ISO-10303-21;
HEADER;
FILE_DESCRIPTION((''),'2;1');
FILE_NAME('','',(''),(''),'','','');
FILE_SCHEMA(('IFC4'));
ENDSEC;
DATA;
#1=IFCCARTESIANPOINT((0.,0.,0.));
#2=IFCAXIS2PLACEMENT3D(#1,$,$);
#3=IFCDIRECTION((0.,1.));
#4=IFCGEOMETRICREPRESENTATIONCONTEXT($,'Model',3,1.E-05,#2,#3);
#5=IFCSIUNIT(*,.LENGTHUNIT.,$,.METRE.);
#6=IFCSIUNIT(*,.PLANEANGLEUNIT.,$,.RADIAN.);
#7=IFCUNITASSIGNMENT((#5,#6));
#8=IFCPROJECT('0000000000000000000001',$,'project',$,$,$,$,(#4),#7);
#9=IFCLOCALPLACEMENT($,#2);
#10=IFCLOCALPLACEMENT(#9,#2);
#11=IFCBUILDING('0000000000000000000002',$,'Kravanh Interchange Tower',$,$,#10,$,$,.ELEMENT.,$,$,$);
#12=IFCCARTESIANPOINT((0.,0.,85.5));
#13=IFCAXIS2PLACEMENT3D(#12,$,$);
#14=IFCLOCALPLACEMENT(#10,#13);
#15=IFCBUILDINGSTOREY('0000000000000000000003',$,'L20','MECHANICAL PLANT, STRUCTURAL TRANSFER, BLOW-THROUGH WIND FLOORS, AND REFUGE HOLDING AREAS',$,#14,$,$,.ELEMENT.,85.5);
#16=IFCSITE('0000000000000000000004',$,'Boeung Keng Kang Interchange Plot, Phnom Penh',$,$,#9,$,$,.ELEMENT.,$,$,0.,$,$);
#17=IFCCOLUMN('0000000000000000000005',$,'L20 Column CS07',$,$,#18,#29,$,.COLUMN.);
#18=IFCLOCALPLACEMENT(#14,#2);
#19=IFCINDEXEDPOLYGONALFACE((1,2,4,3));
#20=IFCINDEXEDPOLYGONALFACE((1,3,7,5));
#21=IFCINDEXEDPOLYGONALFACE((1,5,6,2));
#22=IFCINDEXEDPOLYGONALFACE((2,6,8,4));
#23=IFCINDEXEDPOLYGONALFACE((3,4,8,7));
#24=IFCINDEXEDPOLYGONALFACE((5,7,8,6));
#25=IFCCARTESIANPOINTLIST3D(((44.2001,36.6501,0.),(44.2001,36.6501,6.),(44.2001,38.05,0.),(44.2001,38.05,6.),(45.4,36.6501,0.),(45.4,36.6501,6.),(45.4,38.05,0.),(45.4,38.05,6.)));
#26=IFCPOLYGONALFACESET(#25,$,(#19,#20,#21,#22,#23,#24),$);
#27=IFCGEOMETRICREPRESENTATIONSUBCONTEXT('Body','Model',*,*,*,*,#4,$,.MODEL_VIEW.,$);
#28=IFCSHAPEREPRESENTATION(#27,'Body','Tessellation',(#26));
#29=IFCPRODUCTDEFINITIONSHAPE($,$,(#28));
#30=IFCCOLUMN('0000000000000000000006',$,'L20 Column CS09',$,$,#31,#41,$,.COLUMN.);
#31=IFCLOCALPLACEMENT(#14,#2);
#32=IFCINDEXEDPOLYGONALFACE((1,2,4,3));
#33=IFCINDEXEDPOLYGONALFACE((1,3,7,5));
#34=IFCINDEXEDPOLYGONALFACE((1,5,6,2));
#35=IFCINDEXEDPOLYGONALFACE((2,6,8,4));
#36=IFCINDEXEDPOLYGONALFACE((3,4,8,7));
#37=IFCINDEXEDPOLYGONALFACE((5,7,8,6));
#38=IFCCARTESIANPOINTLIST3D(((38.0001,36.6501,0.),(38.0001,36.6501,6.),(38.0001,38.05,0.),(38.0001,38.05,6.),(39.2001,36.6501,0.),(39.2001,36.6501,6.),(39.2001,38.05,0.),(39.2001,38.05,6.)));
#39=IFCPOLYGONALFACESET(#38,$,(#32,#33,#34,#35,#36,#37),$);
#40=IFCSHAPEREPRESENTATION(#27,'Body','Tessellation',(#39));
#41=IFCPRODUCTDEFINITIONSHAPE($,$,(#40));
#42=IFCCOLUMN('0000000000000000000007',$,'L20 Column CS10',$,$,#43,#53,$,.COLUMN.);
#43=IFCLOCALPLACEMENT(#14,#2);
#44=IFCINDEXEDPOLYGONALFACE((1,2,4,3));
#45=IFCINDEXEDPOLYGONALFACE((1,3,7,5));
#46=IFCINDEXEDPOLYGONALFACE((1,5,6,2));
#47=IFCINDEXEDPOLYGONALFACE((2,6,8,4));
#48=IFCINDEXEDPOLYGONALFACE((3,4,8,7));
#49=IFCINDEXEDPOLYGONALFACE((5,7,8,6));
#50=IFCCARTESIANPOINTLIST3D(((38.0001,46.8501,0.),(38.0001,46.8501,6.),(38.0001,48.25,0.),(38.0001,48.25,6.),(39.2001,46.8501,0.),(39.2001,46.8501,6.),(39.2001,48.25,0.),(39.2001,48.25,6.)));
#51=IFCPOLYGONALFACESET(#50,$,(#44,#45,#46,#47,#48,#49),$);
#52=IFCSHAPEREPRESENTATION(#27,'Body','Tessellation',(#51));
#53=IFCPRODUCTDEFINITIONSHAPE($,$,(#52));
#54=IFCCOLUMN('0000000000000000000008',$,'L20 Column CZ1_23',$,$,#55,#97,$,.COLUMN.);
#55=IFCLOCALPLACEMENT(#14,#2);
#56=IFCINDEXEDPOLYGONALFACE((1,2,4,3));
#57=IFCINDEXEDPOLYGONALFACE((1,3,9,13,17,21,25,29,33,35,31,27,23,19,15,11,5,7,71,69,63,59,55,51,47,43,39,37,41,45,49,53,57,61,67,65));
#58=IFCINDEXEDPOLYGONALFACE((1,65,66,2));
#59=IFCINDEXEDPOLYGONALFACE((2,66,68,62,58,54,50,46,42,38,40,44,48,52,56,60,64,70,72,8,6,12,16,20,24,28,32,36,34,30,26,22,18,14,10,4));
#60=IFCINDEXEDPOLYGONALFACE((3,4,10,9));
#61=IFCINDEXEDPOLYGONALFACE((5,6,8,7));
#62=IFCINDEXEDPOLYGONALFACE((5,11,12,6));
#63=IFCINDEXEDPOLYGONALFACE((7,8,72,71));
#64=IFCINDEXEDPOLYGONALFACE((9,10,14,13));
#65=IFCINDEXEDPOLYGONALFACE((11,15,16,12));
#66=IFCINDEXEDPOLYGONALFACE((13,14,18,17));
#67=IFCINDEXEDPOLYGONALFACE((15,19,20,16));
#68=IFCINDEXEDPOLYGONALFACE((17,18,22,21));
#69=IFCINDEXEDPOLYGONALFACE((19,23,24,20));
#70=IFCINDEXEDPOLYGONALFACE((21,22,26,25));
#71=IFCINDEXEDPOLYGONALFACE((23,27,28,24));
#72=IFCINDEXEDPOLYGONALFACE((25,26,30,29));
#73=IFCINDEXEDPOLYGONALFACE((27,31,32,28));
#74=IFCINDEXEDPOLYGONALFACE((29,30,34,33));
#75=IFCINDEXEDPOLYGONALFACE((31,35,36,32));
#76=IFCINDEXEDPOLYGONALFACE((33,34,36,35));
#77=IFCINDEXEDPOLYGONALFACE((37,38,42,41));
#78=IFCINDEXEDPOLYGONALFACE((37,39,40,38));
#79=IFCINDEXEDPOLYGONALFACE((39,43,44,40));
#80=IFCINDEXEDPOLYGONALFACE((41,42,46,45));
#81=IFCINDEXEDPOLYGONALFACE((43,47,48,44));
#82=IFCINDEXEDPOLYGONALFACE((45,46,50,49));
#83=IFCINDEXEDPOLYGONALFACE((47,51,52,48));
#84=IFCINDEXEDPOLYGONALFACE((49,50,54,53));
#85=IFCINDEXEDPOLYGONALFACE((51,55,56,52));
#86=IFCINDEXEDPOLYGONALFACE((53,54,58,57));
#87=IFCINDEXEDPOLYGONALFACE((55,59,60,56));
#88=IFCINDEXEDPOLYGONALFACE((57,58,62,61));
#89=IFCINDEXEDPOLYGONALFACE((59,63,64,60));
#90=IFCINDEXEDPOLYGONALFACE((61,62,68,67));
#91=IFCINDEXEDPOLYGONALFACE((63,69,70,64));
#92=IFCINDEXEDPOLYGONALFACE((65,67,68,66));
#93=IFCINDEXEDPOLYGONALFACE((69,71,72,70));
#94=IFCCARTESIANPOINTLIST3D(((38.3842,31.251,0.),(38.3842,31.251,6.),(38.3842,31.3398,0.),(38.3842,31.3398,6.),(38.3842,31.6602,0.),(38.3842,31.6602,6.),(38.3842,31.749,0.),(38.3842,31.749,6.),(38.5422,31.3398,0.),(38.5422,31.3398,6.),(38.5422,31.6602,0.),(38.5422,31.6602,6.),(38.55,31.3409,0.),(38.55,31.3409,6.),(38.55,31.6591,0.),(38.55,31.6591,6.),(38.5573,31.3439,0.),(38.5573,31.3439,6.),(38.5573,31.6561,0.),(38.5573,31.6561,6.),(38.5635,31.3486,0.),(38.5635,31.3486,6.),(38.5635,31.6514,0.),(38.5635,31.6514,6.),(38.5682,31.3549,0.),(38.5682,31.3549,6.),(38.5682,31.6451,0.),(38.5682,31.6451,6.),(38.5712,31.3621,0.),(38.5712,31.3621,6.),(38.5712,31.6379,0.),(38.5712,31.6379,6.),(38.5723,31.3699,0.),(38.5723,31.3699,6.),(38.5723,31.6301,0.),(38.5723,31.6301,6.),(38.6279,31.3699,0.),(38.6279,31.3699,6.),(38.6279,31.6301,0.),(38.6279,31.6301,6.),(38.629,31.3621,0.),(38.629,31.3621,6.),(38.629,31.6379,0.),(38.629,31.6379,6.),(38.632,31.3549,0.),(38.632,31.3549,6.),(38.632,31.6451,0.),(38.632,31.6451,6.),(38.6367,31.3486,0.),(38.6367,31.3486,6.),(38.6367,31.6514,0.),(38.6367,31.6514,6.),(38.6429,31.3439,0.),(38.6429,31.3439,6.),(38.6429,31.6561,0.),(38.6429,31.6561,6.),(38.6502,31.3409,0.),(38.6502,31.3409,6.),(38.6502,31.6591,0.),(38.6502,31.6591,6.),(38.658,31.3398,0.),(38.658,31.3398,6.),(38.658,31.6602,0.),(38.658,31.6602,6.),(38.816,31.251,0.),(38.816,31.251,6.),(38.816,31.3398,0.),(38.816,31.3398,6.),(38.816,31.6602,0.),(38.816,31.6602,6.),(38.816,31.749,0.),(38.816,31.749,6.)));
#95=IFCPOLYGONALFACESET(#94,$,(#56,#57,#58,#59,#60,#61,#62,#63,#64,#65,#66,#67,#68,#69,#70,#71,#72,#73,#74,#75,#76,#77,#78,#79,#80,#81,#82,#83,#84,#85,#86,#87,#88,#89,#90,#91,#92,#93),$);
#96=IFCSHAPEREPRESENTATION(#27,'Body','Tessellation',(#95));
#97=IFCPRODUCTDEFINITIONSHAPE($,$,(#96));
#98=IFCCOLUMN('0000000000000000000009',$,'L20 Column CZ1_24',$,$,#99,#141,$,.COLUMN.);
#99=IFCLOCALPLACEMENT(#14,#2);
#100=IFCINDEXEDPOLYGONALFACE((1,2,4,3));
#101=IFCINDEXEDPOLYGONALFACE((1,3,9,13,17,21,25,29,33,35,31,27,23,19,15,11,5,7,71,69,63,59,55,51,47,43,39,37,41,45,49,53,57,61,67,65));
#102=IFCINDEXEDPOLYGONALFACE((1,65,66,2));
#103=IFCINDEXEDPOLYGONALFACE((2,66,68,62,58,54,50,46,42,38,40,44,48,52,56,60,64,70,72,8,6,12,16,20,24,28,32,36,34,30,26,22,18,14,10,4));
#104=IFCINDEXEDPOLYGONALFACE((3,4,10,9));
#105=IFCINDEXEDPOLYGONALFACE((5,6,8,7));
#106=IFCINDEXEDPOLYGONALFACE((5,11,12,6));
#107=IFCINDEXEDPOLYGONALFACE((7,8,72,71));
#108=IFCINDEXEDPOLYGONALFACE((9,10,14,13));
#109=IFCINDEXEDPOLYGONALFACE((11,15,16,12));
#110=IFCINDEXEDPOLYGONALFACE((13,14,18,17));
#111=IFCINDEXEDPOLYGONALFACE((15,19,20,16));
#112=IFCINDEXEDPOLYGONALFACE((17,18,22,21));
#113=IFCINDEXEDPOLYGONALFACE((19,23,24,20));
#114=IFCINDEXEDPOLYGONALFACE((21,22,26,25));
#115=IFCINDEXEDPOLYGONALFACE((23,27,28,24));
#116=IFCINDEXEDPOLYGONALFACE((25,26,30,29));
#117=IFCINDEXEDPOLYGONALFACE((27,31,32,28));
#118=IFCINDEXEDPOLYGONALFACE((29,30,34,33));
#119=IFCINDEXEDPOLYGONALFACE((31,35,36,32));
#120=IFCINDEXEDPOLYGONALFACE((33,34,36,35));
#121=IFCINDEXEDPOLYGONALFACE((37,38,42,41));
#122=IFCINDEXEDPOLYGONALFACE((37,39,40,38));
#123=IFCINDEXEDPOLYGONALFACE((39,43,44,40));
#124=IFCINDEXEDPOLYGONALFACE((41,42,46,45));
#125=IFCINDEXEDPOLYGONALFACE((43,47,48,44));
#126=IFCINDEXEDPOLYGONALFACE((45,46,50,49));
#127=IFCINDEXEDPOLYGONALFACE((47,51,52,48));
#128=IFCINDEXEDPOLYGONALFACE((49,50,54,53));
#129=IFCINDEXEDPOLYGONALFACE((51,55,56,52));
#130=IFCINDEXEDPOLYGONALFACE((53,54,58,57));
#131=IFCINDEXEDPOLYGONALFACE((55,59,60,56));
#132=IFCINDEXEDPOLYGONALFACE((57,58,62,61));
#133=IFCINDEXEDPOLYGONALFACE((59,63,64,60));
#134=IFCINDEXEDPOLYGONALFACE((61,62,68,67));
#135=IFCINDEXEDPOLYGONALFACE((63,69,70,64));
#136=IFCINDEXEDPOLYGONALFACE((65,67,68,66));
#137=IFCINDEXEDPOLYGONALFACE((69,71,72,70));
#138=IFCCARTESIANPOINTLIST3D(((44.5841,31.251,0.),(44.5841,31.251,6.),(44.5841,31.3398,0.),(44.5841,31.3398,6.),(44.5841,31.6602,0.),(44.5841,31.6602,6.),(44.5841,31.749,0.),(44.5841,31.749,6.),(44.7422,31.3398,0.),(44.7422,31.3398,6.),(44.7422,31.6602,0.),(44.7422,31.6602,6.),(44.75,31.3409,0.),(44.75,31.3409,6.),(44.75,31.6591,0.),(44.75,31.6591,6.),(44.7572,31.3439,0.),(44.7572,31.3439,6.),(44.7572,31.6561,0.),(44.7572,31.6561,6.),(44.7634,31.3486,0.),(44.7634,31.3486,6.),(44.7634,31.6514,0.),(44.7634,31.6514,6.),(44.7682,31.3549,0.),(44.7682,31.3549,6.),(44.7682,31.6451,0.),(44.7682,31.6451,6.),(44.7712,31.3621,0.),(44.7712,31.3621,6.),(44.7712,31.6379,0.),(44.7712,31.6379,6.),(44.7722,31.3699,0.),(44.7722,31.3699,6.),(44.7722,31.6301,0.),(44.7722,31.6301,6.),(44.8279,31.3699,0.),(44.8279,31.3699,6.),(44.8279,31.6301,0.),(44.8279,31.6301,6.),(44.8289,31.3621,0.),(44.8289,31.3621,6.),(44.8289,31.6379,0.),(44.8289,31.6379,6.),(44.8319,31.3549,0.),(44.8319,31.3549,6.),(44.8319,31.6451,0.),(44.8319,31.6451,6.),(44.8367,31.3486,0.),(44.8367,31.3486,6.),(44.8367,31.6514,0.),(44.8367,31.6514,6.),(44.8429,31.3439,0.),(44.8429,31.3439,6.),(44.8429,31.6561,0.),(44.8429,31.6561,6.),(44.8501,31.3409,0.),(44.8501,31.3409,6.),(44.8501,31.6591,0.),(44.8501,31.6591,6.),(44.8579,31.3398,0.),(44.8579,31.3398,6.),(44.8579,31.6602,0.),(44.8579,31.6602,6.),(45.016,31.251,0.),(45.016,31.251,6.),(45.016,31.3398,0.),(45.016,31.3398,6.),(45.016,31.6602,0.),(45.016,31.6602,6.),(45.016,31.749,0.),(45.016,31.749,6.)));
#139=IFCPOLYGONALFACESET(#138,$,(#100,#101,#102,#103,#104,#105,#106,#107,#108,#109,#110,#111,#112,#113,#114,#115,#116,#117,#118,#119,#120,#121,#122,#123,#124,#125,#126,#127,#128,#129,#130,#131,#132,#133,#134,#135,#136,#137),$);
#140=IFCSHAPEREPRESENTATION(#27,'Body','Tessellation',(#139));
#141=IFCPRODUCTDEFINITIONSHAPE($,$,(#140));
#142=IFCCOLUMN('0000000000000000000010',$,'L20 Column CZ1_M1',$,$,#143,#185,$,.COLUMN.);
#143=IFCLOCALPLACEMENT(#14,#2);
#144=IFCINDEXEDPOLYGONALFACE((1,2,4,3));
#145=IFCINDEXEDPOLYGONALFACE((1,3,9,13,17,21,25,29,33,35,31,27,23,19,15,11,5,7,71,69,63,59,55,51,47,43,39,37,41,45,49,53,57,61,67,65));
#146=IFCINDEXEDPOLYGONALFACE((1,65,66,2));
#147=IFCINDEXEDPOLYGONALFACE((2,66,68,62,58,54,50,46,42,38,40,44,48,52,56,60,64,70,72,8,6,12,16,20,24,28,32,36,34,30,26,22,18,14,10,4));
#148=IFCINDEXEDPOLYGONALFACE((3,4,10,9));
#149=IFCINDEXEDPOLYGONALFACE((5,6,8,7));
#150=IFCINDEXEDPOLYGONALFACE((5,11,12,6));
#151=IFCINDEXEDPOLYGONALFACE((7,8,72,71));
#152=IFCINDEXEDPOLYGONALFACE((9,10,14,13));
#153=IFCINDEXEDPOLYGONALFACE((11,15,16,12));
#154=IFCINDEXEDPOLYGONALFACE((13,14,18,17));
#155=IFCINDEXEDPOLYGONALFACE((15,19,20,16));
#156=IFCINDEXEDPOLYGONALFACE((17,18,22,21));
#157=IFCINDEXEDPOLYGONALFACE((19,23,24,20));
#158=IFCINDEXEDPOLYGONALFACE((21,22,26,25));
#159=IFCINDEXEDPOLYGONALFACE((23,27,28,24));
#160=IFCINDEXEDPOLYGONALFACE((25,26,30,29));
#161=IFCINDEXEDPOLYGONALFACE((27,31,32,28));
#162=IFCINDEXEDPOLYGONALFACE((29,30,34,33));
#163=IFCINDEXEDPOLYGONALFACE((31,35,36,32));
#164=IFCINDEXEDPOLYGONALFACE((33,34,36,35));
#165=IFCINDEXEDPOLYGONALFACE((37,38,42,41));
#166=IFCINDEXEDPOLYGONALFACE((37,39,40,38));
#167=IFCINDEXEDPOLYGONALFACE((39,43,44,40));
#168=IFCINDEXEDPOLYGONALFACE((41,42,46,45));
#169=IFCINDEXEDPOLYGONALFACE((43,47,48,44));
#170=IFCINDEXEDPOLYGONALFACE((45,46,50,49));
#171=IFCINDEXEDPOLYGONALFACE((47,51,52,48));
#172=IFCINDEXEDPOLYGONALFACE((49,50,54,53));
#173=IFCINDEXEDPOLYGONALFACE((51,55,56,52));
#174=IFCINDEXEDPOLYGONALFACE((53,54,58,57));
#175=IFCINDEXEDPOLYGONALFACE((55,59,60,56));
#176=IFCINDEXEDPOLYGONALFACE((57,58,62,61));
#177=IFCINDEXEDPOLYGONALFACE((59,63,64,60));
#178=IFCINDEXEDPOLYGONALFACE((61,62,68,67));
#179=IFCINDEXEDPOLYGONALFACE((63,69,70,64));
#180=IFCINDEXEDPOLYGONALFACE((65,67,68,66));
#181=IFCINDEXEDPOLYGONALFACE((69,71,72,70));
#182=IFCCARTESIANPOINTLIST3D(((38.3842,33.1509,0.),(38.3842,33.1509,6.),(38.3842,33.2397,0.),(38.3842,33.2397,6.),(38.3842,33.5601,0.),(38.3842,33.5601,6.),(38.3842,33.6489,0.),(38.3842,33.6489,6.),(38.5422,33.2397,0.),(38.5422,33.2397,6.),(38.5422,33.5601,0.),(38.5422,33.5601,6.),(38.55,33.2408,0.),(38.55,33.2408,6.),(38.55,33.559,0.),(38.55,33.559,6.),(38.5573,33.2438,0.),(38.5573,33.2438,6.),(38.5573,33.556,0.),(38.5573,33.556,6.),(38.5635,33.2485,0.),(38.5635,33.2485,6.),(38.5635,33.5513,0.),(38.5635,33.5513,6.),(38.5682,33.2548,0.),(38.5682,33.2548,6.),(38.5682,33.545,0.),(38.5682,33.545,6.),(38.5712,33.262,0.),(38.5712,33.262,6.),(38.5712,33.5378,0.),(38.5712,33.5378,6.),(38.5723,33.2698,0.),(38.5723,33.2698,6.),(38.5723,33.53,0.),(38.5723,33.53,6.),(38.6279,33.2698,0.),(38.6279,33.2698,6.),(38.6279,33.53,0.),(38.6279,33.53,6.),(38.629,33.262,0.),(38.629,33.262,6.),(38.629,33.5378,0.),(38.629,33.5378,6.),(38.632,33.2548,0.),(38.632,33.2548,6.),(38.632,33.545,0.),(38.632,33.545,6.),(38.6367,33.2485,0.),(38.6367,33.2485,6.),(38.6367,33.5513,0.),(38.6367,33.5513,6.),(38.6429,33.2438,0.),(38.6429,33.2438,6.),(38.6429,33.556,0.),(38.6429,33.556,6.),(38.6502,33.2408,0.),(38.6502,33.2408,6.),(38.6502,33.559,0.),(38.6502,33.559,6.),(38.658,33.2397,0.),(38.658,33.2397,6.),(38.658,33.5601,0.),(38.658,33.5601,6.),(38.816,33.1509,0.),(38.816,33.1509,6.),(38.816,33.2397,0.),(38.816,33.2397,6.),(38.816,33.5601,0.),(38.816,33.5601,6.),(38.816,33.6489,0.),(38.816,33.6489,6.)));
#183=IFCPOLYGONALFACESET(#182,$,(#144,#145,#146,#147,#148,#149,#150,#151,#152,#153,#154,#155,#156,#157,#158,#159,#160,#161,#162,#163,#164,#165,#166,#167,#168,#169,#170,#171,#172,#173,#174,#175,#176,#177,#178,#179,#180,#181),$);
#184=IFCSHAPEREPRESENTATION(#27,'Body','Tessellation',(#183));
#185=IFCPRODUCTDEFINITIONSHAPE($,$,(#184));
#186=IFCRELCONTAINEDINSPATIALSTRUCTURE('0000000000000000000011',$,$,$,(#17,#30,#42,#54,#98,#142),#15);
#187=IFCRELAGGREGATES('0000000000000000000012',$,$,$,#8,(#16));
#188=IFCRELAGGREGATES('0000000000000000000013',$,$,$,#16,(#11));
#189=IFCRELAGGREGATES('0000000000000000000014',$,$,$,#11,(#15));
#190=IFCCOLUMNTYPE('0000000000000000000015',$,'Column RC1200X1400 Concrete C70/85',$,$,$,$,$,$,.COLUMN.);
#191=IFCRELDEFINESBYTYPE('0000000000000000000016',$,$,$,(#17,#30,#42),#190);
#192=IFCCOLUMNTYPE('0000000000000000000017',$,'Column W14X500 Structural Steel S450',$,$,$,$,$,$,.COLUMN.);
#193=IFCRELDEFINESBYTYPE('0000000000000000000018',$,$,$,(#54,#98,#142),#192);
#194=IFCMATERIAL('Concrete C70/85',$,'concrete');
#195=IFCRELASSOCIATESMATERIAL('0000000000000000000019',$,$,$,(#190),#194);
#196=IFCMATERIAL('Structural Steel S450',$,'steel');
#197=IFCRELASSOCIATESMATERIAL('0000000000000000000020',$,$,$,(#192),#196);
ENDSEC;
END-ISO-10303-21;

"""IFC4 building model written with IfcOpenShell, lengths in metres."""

from ifc_helpers import new_model, si_unit, direction, frame, origin, origin_2d, place, context, subcontext, project, spatial, rectangle, i_section, extrude, material, material_profile, profile_set, type_object, element, save


model = new_model("IFC4")

# Units and contexts
model_context = context("Model", 3, precision=1e-05, world=origin(), true_north=direction((0.0, 1.0)))
body_context = subcontext(model_context, "Body", "Model", "MODEL_VIEW")
ifc_project = project(units=[si_unit("LENGTHUNIT", "METRE"), si_unit("PLANEANGLEUNIT", "RADIAN")], contexts=[model_context])

# Site, building, storey
site_placement = place(None, origin())
site = spatial("IfcSite", under=ifc_project, at=site_placement, Name="Boeung Keng Kang Interchange Plot, Phnom Penh", CompositionType="ELEMENT", RefElevation=0.0)
building_placement = place(site_placement, origin())
building = spatial("IfcBuilding", under=site, at=building_placement, Name="Kravanh Interchange Tower", CompositionType="ELEMENT")
storey_placement = place(building_placement, frame((0.0, 0.0, 85.5)))
storey = spatial("IfcBuildingStorey", under=building, at=storey_placement, Name="L20", Description="MECHANICAL PLANT, STRUCTURAL TRANSFER, BLOW-THROUGH WIND FLOORS, AND REFUGE HOLDING AREAS", CompositionType="ELEMENT", Elevation=85.5)

# Columns
ifc_material_1 = material(Name="Concrete C70/85", Category="concrete")
ifc_material_profile_1 = material_profile(ifc_material_1, rectangle(XDim=1.2, YDim=1.3999, at=origin_2d()), Name="RC1200X1400")
ifc_profile_set_1 = profile_set([ifc_material_profile_1], Name="Concrete C70/85")
column_type_1 = type_object("IfcColumnType", Name="Column RC1200X1400 Concrete C70/85", PredefinedType="COLUMN", material=ifc_profile_set_1)
for number, where, z_axis, x_axis, name in (
    (1, (44.8, 37.3501, 0.0), (0.0, 0.0, 1.0), (1.0, 0.0, 0.0), "L20 Column CS07"),
    (2, (38.6001, 37.3501, 0.0), (0.0, 0.0, 1.0), (1.0, 0.0, 0.0), "L20 Column CS09"),
    (3, (38.6001, 47.55, 0.0), (0.0, 0.0, 1.0), (1.0, 0.0, 0.0), "L20 Column CS10"),
):
    element("IfcColumn", number, at=place(storey_placement, frame(where, z_axis=z_axis, x_axis=x_axis)), inside=storey, type_object=column_type_1, Name=name, PredefinedType="COLUMN", context=body_context, shape_type="SweptSolid", body=[
        extrude(rectangle(XDim=1.2, YDim=1.3999, at=origin_2d()), origin(), (0.0, 0.0, 1.0), 6.0),
    ])
ifc_material_2 = material(Name="Structural Steel S450", Category="steel")
ifc_material_profile_2 = material_profile(ifc_material_2, i_section(OverallWidth=0.4319, OverallDepth=0.498, WebThickness=0.0557, FlangeThickness=0.0889, FilletRadius=0.03, at=origin_2d()), Name="W14X500")
ifc_profile_set_2 = profile_set([ifc_material_profile_2], Name="Structural Steel S450")
column_type_2 = type_object("IfcColumnType", Name="Column W14X500 Structural Steel S450", PredefinedType="COLUMN", material=ifc_profile_set_2)
for number, where, z_axis, x_axis, name in (
    (4, (38.6001, 31.5, 0.0), (0.0, 0.0, 1.0), (1.0, 0.0, 0.0), "L20 Column CZ1_23"),
    (5, (44.8, 31.5, 0.0), (0.0, 0.0, 1.0), (1.0, 0.0, 0.0), "L20 Column CZ1_24"),
    (6, (38.6001, 33.3999, 0.0), (0.0, 0.0, 1.0), (1.0, 0.0, 0.0), "L20 Column CZ1_M1"),
):
    element("IfcColumn", number, at=place(storey_placement, frame(where, z_axis=z_axis, x_axis=x_axis)), inside=storey, type_object=column_type_2, Name=name, PredefinedType="COLUMN", context=body_context, shape_type="SweptSolid", body=[
        extrude(i_section(OverallWidth=0.4319, OverallDepth=0.498, WebThickness=0.0557, FlangeThickness=0.0889, FilletRadius=0.03, at=origin_2d()), origin(), (0.0, 0.0, 1.0), 6.0),
    ])

save(model, "model.ifc")
